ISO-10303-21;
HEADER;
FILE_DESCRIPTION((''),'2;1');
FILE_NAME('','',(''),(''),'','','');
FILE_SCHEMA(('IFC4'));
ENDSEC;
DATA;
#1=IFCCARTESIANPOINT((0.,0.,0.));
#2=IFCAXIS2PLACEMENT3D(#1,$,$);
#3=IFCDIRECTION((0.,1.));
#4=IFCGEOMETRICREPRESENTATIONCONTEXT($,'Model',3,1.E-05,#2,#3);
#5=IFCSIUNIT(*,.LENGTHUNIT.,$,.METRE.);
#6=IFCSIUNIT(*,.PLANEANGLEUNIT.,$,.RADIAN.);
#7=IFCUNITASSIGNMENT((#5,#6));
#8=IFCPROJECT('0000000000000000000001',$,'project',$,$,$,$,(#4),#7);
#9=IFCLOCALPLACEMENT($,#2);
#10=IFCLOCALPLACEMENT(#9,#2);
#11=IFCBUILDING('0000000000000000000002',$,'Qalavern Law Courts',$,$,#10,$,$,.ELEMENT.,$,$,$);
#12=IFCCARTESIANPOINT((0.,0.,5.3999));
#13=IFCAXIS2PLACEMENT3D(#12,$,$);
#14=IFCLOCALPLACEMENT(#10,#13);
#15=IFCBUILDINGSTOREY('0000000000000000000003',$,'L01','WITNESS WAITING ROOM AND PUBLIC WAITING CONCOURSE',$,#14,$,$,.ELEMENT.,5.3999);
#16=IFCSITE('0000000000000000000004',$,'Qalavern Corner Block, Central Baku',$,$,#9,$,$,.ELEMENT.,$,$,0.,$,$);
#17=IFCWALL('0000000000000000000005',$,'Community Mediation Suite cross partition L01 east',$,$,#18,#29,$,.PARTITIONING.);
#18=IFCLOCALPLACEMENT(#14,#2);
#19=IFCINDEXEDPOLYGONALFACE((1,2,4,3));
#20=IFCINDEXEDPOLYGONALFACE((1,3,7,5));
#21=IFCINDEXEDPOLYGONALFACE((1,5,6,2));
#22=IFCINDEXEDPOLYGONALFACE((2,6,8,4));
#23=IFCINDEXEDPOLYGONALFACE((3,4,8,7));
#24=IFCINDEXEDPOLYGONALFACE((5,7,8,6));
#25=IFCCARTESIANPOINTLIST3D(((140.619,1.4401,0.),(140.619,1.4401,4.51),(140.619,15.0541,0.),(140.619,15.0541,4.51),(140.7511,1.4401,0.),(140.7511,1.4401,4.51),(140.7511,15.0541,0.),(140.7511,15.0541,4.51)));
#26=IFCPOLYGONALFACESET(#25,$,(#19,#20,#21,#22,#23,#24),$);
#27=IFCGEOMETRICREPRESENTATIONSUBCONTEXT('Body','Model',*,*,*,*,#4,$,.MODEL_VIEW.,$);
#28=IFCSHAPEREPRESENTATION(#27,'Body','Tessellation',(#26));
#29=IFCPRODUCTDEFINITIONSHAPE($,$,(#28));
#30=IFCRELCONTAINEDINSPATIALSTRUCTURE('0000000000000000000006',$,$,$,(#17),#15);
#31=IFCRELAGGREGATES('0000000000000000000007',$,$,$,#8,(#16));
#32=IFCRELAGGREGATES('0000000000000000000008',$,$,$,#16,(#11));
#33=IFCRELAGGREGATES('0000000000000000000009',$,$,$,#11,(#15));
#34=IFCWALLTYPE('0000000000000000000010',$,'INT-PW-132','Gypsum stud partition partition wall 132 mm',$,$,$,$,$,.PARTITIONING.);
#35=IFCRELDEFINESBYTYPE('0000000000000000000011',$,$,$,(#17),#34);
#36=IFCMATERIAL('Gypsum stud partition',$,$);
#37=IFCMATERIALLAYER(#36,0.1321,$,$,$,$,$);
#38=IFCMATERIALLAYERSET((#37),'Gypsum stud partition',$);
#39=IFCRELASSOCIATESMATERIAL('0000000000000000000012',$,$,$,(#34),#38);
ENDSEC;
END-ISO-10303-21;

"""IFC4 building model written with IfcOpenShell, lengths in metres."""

from ifc_helpers import new_model, si_unit, direction, frame, frame_2d, origin, place, context, subcontext, project, spatial, rectangle, extrude, material, layer, layer_set, type_object, element, save


model = new_model("IFC4")

# Units and contexts
model_context = context("Model", 3, precision=1e-05, world=origin(), true_north=direction((0.0, 1.0)))
body_context = subcontext(model_context, "Body", "Model", "MODEL_VIEW")
ifc_project = project(units=[si_unit("LENGTHUNIT", "METRE"), si_unit("PLANEANGLEUNIT", "RADIAN")], contexts=[model_context])

# Site, building, storey
site_placement = place(None, origin())
site = spatial("IfcSite", under=ifc_project, at=site_placement, Name="Qalavern Corner Block, Central Baku", CompositionType="ELEMENT", RefElevation=0.0)
building_placement = place(site_placement, origin())
building = spatial("IfcBuilding", under=site, at=building_placement, Name="Qalavern Law Courts", CompositionType="ELEMENT")
storey_placement = place(building_placement, frame((0.0, 0.0, 5.3999)))
storey = spatial("IfcBuildingStorey", under=building, at=storey_placement, Name="L01", Description="WITNESS WAITING ROOM AND PUBLIC WAITING CONCOURSE", CompositionType="ELEMENT", Elevation=5.3999)

# Wall
ifc_material_1 = material(Name="Gypsum stud partition")
ifc_layer_1 = layer(ifc_material_1, 0.1321)
ifc_layer_set_1 = layer_set([ifc_layer_1], Name="Gypsum stud partition")
wall_type_1 = type_object("IfcWallType", Name="INT-PW-132", Description="Gypsum stud partition partition wall 132 mm", PredefinedType="PARTITIONING", material=ifc_layer_set_1)
wall_1_placement = place(storey_placement, frame((140.6851, 1.4399, 0.0), z_axis=(0.0, 0.0, 1.0), x_axis=(0.0, 1.0, 0.0)))
element("IfcWall", 1, at=wall_1_placement, inside=storey, type_object=wall_type_1, Name="Community Mediation Suite cross partition L01 east", PredefinedType="PARTITIONING", context=body_context, shape_type="SweptSolid", body=[
    extrude(rectangle(XDim=13.614, YDim=0.1321, at=frame_2d((6.8071, 0.0))), origin(), (0.0, 0.0, 1.0), 4.51),
])

save(model, "model.ifc")
